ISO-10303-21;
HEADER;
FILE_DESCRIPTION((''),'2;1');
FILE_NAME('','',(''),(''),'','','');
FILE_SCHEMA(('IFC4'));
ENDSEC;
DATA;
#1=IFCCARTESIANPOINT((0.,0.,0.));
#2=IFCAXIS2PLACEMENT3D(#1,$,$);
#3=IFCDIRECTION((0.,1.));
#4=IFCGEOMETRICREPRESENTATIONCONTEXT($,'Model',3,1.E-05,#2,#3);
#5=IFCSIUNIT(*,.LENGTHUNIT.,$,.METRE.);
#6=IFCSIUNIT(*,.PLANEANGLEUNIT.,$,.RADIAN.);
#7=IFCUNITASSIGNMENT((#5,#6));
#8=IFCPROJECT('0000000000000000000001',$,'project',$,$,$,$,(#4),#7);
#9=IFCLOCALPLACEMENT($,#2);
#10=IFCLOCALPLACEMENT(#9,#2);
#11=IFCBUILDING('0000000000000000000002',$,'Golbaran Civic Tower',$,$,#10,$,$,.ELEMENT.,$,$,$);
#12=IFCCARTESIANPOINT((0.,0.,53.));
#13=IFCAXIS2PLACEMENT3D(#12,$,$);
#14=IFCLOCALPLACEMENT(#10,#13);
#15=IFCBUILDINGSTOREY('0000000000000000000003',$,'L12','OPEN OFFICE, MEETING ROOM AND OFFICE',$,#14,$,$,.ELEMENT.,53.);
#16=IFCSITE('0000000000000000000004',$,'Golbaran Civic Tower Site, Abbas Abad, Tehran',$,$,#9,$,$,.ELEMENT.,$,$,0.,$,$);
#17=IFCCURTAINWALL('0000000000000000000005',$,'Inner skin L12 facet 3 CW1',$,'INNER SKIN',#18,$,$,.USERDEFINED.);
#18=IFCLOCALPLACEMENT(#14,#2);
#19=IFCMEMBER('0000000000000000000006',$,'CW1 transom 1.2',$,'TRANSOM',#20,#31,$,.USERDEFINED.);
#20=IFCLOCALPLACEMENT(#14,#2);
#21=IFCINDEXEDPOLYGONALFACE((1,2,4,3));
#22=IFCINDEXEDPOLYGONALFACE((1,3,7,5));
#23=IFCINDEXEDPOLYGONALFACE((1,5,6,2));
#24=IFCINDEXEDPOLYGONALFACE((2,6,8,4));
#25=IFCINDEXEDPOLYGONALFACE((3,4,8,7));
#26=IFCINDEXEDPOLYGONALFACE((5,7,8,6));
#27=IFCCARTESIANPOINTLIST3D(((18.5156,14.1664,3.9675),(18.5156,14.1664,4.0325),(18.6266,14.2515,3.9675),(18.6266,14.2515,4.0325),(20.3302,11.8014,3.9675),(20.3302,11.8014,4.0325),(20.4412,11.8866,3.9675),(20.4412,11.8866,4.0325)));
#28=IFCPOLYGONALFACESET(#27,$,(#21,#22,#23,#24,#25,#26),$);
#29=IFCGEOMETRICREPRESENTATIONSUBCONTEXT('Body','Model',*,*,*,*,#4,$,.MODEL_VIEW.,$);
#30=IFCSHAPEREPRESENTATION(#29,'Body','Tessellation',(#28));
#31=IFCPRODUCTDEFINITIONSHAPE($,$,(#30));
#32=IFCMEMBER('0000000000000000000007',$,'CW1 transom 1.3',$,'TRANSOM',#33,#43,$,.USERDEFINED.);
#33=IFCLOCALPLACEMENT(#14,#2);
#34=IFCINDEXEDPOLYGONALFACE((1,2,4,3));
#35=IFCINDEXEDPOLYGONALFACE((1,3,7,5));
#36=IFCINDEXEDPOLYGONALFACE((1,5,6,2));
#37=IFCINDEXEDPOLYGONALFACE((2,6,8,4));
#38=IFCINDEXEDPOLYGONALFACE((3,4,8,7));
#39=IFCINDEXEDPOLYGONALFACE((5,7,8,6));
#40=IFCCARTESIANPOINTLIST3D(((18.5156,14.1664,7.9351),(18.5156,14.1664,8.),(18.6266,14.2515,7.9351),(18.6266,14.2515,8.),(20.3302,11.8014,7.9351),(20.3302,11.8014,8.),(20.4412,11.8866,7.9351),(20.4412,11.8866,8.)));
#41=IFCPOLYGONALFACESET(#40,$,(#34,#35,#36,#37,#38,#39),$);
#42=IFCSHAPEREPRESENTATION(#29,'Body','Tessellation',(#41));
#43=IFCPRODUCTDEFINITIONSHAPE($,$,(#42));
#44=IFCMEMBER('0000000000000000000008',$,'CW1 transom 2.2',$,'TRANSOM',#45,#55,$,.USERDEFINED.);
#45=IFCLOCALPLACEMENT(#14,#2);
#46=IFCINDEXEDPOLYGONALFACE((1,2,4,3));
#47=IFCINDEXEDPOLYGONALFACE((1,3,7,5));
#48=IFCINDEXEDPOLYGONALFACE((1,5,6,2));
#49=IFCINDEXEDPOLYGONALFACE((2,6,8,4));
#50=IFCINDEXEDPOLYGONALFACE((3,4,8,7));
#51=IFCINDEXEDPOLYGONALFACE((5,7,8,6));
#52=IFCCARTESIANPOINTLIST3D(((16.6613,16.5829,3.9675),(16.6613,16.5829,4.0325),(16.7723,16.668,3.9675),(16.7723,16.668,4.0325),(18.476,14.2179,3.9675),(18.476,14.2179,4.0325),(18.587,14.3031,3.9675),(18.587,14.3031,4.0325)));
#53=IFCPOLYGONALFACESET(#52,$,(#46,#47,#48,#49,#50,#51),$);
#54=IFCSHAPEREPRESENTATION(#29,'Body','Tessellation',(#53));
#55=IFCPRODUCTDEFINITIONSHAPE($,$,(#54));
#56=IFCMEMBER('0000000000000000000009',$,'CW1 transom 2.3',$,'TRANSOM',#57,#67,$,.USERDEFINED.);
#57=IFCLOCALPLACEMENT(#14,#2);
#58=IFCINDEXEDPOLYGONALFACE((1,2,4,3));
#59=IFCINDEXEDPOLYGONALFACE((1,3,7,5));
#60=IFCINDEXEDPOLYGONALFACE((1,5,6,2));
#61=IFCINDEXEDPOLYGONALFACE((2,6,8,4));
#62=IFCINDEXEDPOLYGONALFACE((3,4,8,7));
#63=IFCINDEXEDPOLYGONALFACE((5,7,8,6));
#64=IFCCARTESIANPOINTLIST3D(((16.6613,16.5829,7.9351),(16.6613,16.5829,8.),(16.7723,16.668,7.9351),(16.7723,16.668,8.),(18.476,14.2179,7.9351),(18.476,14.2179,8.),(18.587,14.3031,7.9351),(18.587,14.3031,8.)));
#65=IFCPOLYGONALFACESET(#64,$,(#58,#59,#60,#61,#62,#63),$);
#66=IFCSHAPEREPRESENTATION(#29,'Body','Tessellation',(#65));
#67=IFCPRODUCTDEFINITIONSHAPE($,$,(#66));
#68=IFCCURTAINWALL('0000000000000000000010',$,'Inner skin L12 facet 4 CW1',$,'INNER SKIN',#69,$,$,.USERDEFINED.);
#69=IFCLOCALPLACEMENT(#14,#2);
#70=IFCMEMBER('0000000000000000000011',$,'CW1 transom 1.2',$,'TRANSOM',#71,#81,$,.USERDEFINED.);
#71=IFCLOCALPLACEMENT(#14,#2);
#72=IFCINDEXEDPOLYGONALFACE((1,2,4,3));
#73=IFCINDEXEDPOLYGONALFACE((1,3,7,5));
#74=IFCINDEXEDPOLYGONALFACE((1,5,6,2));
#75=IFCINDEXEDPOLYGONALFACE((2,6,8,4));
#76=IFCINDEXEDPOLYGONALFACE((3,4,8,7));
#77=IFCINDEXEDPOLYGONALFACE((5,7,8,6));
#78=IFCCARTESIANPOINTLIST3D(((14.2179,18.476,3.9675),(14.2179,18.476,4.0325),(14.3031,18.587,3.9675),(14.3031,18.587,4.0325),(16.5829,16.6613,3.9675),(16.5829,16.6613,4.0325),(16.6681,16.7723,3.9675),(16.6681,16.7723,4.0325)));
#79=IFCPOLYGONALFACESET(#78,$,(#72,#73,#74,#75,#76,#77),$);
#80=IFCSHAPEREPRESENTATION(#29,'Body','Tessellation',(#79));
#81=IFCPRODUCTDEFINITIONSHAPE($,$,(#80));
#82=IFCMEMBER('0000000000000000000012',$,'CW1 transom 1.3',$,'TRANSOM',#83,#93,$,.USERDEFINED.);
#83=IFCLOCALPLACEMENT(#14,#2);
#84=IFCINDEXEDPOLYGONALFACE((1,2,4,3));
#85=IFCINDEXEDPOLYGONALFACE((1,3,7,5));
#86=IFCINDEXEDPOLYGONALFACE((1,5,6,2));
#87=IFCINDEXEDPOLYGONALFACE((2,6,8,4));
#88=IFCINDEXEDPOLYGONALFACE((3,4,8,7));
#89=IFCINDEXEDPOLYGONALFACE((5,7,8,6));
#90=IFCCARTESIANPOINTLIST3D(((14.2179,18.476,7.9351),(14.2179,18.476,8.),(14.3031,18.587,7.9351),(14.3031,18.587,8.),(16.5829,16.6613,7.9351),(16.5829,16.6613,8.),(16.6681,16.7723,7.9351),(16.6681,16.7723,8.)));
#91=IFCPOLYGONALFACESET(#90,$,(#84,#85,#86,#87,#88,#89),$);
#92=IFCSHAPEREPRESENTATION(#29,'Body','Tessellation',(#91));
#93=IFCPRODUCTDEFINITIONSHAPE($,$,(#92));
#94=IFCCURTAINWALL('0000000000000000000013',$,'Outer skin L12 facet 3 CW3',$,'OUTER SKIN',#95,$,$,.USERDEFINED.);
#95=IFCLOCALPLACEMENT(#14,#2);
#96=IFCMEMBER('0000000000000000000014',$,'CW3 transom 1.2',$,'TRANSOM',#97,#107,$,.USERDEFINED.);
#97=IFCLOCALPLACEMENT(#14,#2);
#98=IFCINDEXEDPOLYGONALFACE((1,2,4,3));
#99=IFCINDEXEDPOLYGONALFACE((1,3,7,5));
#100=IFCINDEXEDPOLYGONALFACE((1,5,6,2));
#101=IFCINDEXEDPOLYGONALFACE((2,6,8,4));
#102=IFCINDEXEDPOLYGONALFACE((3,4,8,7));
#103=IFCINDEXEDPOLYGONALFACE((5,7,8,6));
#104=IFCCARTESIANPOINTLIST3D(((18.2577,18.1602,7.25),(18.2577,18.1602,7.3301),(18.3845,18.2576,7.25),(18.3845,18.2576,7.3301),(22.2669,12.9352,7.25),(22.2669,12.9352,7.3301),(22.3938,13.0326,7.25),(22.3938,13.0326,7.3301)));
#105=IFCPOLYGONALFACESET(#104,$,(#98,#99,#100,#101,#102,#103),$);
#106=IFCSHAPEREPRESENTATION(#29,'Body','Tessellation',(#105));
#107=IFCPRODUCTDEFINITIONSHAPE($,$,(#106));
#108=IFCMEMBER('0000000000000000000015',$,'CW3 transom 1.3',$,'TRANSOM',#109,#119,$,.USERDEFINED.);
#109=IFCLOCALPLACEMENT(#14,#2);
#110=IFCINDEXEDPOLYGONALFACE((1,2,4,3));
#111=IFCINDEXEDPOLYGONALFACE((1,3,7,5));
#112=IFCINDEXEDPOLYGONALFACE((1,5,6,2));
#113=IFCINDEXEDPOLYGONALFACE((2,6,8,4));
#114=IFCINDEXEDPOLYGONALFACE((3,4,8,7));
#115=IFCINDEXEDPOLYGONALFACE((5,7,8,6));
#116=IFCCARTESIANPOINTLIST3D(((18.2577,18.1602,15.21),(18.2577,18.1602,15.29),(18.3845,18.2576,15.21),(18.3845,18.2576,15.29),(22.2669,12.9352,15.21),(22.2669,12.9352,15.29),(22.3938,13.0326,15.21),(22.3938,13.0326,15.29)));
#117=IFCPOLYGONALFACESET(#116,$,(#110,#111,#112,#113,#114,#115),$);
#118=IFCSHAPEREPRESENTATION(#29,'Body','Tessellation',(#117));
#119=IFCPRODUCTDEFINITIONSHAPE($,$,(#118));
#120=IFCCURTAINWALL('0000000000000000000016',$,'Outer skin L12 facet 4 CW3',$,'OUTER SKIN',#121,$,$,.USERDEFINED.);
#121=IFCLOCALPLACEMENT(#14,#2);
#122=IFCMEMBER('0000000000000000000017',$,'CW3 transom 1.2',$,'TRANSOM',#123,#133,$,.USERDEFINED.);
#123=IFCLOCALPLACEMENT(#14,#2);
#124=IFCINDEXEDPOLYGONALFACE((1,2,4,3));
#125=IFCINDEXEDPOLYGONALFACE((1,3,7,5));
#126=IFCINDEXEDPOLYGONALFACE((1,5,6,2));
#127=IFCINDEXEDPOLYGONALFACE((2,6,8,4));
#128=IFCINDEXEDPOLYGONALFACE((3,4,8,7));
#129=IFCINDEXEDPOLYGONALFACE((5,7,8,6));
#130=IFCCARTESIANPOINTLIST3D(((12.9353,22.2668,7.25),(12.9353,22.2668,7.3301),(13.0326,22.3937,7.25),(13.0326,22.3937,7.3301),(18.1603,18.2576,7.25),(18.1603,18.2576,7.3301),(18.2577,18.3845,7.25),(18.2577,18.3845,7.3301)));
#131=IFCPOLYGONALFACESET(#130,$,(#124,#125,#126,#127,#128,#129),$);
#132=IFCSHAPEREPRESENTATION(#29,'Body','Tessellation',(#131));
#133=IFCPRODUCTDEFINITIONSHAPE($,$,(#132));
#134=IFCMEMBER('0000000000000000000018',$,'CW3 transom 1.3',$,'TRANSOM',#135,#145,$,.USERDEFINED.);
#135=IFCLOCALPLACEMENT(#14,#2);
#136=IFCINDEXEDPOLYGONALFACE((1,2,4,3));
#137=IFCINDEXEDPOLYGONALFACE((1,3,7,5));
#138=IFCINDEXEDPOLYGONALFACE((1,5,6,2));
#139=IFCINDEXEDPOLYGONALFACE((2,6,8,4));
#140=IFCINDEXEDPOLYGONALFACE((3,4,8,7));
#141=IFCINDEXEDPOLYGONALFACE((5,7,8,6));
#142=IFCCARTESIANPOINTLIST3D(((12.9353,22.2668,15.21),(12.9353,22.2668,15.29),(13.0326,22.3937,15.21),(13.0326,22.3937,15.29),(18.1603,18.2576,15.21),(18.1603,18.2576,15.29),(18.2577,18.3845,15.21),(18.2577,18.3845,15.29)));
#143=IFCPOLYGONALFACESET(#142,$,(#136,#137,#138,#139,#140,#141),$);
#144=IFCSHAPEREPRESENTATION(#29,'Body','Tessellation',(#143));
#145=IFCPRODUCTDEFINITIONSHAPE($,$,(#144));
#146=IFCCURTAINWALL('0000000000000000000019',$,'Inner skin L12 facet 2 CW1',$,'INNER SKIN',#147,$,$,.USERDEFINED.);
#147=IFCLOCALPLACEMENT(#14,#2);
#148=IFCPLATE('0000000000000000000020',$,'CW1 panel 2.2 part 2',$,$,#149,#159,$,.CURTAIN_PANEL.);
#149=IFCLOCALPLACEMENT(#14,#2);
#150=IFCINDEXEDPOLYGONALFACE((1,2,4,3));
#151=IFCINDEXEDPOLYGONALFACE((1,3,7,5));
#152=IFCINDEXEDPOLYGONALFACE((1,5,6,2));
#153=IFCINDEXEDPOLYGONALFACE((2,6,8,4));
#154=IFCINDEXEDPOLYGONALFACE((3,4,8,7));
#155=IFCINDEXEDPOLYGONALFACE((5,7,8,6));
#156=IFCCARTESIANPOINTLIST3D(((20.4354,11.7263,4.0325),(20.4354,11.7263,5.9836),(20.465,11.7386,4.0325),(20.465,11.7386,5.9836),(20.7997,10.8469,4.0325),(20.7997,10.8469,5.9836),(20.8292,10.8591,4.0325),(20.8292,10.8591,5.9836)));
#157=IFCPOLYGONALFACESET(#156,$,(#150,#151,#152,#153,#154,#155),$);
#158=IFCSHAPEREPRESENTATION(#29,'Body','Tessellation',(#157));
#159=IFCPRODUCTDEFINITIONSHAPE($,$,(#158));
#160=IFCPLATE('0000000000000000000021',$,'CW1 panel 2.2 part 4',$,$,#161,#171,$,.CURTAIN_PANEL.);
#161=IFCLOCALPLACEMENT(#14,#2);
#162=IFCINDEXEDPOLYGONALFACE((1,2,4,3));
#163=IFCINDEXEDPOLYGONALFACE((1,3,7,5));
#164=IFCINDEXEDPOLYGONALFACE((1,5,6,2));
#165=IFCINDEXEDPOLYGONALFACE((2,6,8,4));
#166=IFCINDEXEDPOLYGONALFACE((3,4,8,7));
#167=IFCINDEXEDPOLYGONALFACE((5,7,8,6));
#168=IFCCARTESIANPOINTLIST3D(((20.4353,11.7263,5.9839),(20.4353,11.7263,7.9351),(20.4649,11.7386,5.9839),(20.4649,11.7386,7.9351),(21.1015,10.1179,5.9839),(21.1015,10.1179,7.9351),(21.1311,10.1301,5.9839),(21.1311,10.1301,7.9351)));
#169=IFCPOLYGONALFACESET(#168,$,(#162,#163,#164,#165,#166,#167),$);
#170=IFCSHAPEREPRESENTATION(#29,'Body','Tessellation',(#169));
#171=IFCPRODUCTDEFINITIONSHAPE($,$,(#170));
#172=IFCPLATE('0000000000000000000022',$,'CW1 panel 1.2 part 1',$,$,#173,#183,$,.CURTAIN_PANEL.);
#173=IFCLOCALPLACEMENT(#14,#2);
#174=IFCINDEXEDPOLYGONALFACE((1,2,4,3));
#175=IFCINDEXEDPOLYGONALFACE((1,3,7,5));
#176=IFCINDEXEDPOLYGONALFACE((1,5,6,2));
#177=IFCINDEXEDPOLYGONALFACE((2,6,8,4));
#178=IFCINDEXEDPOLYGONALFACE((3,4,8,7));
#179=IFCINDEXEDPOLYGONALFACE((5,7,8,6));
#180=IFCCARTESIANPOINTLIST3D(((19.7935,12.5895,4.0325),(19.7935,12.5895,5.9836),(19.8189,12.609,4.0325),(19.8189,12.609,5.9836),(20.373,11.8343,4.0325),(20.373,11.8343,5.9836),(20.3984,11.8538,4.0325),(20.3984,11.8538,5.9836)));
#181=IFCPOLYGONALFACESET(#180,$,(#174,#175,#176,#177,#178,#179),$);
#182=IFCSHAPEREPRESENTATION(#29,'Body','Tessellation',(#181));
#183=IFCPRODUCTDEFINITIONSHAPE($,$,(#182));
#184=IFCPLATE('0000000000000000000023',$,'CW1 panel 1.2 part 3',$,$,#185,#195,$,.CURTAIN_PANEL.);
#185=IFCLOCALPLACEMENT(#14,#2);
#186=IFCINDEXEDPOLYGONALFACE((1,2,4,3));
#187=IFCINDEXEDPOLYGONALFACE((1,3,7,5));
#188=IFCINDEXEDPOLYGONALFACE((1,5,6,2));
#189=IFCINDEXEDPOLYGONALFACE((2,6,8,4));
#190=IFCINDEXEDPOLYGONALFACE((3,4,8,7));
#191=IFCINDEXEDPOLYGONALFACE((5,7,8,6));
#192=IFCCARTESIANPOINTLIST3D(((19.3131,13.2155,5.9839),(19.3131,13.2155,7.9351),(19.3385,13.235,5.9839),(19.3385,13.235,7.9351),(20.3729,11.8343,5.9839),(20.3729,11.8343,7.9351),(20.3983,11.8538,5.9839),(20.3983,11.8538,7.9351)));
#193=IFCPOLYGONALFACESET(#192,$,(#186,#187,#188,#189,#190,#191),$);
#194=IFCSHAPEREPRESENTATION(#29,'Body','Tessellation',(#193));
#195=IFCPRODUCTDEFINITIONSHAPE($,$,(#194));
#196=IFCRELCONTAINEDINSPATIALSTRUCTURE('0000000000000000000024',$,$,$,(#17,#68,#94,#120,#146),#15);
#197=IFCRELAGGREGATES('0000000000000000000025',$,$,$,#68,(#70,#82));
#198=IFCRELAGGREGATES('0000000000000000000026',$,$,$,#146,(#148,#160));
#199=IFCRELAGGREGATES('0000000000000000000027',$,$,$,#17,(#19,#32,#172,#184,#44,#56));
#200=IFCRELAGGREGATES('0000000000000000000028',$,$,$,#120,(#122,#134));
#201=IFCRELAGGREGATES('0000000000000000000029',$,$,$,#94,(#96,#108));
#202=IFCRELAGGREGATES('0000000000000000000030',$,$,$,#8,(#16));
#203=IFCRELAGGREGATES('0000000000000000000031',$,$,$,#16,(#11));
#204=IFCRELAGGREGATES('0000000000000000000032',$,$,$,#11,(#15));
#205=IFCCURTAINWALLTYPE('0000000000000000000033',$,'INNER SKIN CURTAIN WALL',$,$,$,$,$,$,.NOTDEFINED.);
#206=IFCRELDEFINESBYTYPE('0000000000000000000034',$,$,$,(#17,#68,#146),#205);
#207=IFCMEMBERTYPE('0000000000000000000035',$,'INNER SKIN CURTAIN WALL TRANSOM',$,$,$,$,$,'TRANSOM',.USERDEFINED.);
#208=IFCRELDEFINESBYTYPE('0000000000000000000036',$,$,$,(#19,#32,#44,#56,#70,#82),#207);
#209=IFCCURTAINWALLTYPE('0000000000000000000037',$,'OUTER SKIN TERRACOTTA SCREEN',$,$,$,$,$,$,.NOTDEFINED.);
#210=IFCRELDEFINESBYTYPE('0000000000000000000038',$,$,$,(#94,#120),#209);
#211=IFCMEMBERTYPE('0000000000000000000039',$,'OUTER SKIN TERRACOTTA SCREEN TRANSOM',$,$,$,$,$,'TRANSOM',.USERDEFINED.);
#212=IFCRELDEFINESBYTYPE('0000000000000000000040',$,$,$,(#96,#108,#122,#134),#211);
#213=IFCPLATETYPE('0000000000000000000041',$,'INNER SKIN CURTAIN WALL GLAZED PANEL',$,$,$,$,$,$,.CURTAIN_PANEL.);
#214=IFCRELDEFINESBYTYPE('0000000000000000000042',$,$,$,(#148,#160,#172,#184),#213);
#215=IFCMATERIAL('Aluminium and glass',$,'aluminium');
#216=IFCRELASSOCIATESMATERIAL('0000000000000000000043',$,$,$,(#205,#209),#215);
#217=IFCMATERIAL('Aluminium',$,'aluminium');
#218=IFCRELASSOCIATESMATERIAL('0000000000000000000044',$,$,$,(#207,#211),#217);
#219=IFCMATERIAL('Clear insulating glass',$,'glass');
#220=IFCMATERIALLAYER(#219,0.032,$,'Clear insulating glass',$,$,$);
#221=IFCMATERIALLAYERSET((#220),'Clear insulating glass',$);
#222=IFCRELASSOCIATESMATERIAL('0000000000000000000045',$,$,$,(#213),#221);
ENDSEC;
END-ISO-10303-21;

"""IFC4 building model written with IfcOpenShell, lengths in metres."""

from ifc_helpers import new_model, si_unit, direction, frame, origin, origin_2d, place, context, subcontext, project, spatial, rectangle, extrude, material, layer, layer_set, material_profile, profile_set, type_object, element, aggregate, save


model = new_model("IFC4")

# Units and contexts
model_context = context("Model", 3, precision=1e-05, world=origin(), true_north=direction((0.0, 1.0)))
body_context = subcontext(model_context, "Body", "Model", "MODEL_VIEW")
ifc_project = project(units=[si_unit("LENGTHUNIT", "METRE"), si_unit("PLANEANGLEUNIT", "RADIAN")], contexts=[model_context])

# Site, building, storey
site_placement = place(None, origin())
site = spatial("IfcSite", under=ifc_project, at=site_placement, Name="Golbaran Civic Tower Site, Abbas Abad, Tehran", CompositionType="ELEMENT", RefElevation=0.0)
building_placement = place(site_placement, origin())
building = spatial("IfcBuilding", under=site, at=building_placement, Name="Golbaran Civic Tower", CompositionType="ELEMENT")
storey_placement = place(building_placement, frame((0.0, 0.0, 53.0)))
storey = spatial("IfcBuildingStorey", under=building, at=storey_placement, Name="L12", Description="OPEN OFFICE, MEETING ROOM AND OFFICE", CompositionType="ELEMENT", Elevation=53.0)

# Curtain walls, members
ifc_material_1 = material(Name="Aluminium and glass", Category="aluminium")
curtain_wall_type_1 = type_object("IfcCurtainWallType", Name="INNER SKIN CURTAIN WALL", PredefinedType="NOTDEFINED", material=ifc_material_1)
curtain_wall_1_placement = place(storey_placement, origin())
curtain_wall_1 = element("IfcCurtainWall", 1, at=curtain_wall_1_placement, inside=storey, type_object=curtain_wall_type_1, Name="Inner skin L12 facet 3 CW1", ObjectType="INNER SKIN", PredefinedType="USERDEFINED")
ifc_material_2 = material(Name="Aluminium", Category="aluminium")
ifc_material_profile_1 = material_profile(ifc_material_2, rectangle(XDim=0.1399, YDim=0.0649, at=origin_2d()), Name="INNER SKIN CURTAIN WALL TRANSOM")
ifc_profile_set_1 = profile_set([ifc_material_profile_1], Name="Aluminium")
member_type_1 = type_object("IfcMemberType", Name="INNER SKIN CURTAIN WALL TRANSOM", ElementType="TRANSOM", PredefinedType="USERDEFINED", material=ifc_profile_set_1)
member_1_placement = place(storey_placement, frame((20.3857, 11.844, 4.0), z_axis=(-0.608756, 0.793357, 0.0), x_axis=(-0.793357, -0.608756, 0.0)))
member_1 = element("IfcMember", 2, at=member_1_placement, type_object=member_type_1, Name="CW1 transom 1.2", ObjectType="TRANSOM", PredefinedType="USERDEFINED", context=body_context, shape_type="SweptSolid", body=[
    extrude(rectangle(XDim=0.1399, YDim=0.0649, at=origin_2d()), origin(), (0.0, 0.0, 1.0), 2.981),
])
member_2_placement = place(storey_placement, frame((20.3857, 11.844, 7.9675), z_axis=(-0.608756, 0.793357, 0.0), x_axis=(-0.793357, -0.608756, 0.0)))
member_2 = element("IfcMember", 3, at=member_2_placement, type_object=member_type_1, Name="CW1 transom 1.3", ObjectType="TRANSOM", PredefinedType="USERDEFINED", context=body_context, shape_type="SweptSolid", body=[
    extrude(rectangle(XDim=0.1399, YDim=0.0649, at=origin_2d()), origin(), (0.0, 0.0, 1.0), 2.981),
])
member_3_placement = place(storey_placement, frame((18.5315, 14.2605, 4.0), z_axis=(-0.608756, 0.793357, 0.0), x_axis=(-0.793357, -0.608756, 0.0)))
member_3 = element("IfcMember", 4, at=member_3_placement, type_object=member_type_1, Name="CW1 transom 2.2", ObjectType="TRANSOM", PredefinedType="USERDEFINED", context=body_context, shape_type="SweptSolid", body=[
    extrude(rectangle(XDim=0.1399, YDim=0.0649, at=origin_2d()), origin(), (0.0, 0.0, 1.0), 2.981),
])
member_4_placement = place(storey_placement, frame((18.5315, 14.2605, 7.9675), z_axis=(-0.608756, 0.793357, 0.0), x_axis=(-0.793357, -0.608756, 0.0)))
member_4 = element("IfcMember", 5, at=member_4_placement, type_object=member_type_1, Name="CW1 transom 2.3", ObjectType="TRANSOM", PredefinedType="USERDEFINED", context=body_context, shape_type="SweptSolid", body=[
    extrude(rectangle(XDim=0.1399, YDim=0.0649, at=origin_2d()), origin(), (0.0, 0.0, 1.0), 2.981),
])
curtain_wall_2_placement = place(storey_placement, origin())
curtain_wall_2 = element("IfcCurtainWall", 6, at=curtain_wall_2_placement, inside=storey, type_object=curtain_wall_type_1, Name="Inner skin L12 facet 4 CW1", ObjectType="INNER SKIN", PredefinedType="USERDEFINED")
member_5_placement = place(storey_placement, frame((16.6255, 16.7168, 4.0), z_axis=(-0.793357, 0.608756, 0.0), x_axis=(-0.608756, -0.793357, 0.0)))
member_5 = element("IfcMember", 7, at=member_5_placement, type_object=member_type_1, Name="CW1 transom 1.2", ObjectType="TRANSOM", PredefinedType="USERDEFINED", context=body_context, shape_type="SweptSolid", body=[
    extrude(rectangle(XDim=0.1399, YDim=0.0649, at=origin_2d()), origin(), (0.0, 0.0, 1.0), 2.981),
])
member_6_placement = place(storey_placement, frame((16.6255, 16.7168, 7.9675), z_axis=(-0.793357, 0.608756, 0.0), x_axis=(-0.608756, -0.793357, 0.0)))
member_6 = element("IfcMember", 8, at=member_6_placement, type_object=member_type_1, Name="CW1 transom 1.3", ObjectType="TRANSOM", PredefinedType="USERDEFINED", context=body_context, shape_type="SweptSolid", body=[
    extrude(rectangle(XDim=0.1399, YDim=0.0649, at=origin_2d()), origin(), (0.0, 0.0, 1.0), 2.981),
])
curtain_wall_type_2 = type_object("IfcCurtainWallType", Name="OUTER SKIN TERRACOTTA SCREEN", PredefinedType="NOTDEFINED", material=ifc_material_1)
curtain_wall_3_placement = place(storey_placement, origin())
curtain_wall_3 = element("IfcCurtainWall", 9, at=curtain_wall_3_placement, inside=storey, type_object=curtain_wall_type_2, Name="Outer skin L12 facet 3 CW3", ObjectType="OUTER SKIN", PredefinedType="USERDEFINED")
ifc_material_profile_2 = material_profile(ifc_material_2, rectangle(XDim=0.1599, YDim=0.0801, at=origin_2d()), Name="OUTER SKIN TERRACOTTA SCREEN TRANSOM")
ifc_profile_set_2 = profile_set([ifc_material_profile_2], Name="Aluminium")
member_type_2 = type_object("IfcMemberType", Name="OUTER SKIN TERRACOTTA SCREEN TRANSOM", ElementType="TRANSOM", PredefinedType="USERDEFINED", material=ifc_profile_set_2)
member_7_placement = place(storey_placement, frame((22.3303, 12.9839, 7.29), z_axis=(-0.608754, 0.793359, 0.0), x_axis=(-0.793359, -0.608754, 0.0)))
member_7 = element("IfcMember", 10, at=member_7_placement, type_object=member_type_2, Name="CW3 transom 1.2", ObjectType="TRANSOM", PredefinedType="USERDEFINED", context=body_context, shape_type="SweptSolid", body=[
    extrude(rectangle(XDim=0.1599, YDim=0.0801, at=origin_2d()), origin(), (0.0, 0.0, 1.0), 6.5859),
])
member_8_placement = place(storey_placement, frame((22.3303, 12.9839, 15.25), z_axis=(-0.608754, 0.793359, 0.0), x_axis=(-0.793359, -0.608754, 0.0)))
member_8 = element("IfcMember", 11, at=member_8_placement, type_object=member_type_2, Name="CW3 transom 1.3", ObjectType="TRANSOM", PredefinedType="USERDEFINED", context=body_context, shape_type="SweptSolid", body=[
    extrude(rectangle(XDim=0.1599, YDim=0.0801, at=origin_2d()), origin(), (0.0, 0.0, 1.0), 6.5859),
])
curtain_wall_4_placement = place(storey_placement, origin())
curtain_wall_4 = element("IfcCurtainWall", 12, at=curtain_wall_4_placement, inside=storey, type_object=curtain_wall_type_2, Name="Outer skin L12 facet 4 CW3", ObjectType="OUTER SKIN", PredefinedType="USERDEFINED")
member_9_placement = place(storey_placement, frame((18.209, 18.321, 7.29), z_axis=(-0.793359, 0.608754, 0.0), x_axis=(-0.608754, -0.793359, 0.0)))
member_9 = element("IfcMember", 13, at=member_9_placement, type_object=member_type_2, Name="CW3 transom 1.2", ObjectType="TRANSOM", PredefinedType="USERDEFINED", context=body_context, shape_type="SweptSolid", body=[
    extrude(rectangle(XDim=0.1599, YDim=0.0801, at=origin_2d()), origin(), (0.0, 0.0, 1.0), 6.5859),
])
member_10_placement = place(storey_placement, frame((18.209, 18.321, 15.25), z_axis=(-0.793359, 0.608754, 0.0), x_axis=(-0.608754, -0.793359, 0.0)))
member_10 = element("IfcMember", 14, at=member_10_placement, type_object=member_type_2, Name="CW3 transom 1.3", ObjectType="TRANSOM", PredefinedType="USERDEFINED", context=body_context, shape_type="SweptSolid", body=[
    extrude(rectangle(XDim=0.1599, YDim=0.0801, at=origin_2d()), origin(), (0.0, 0.0, 1.0), 6.5859),
])

# Curtain wall, plates
curtain_wall_5_placement = place(storey_placement, origin())
curtain_wall_5 = element("IfcCurtainWall", 15, at=curtain_wall_5_placement, inside=storey, type_object=curtain_wall_type_1, Name="Inner skin L12 facet 2 CW1", ObjectType="INNER SKIN", PredefinedType="USERDEFINED")
ifc_material_3 = material(Name="Clear insulating glass", Category="glass")
ifc_layer_1 = layer(ifc_material_3, 0.032, Name="Clear insulating glass")
ifc_layer_set_1 = layer_set([ifc_layer_1], Name="Clear insulating glass")
plate_type_1 = type_object("IfcPlateType", Name="INNER SKIN CURTAIN WALL GLAZED PANEL", PredefinedType="CURTAIN_PANEL", material=ifc_layer_set_1)
plate_1_placement = place(storey_placement, frame((20.6323, 11.2927, 4.0325), z_axis=(0.0, 0.0, 1.0), x_axis=(-0.382683, 0.92388, 0.0)))
plate_1 = element("IfcPlate", 16, at=plate_1_placement, type_object=plate_type_1, Name="CW1 panel 2.2 part 2", PredefinedType="CURTAIN_PANEL", context=body_context, shape_type="SweptSolid", body=[
    extrude(rectangle(XDim=0.9519, YDim=0.032, at=origin_2d()), origin(), (0.0, 0.0, 1.0), 1.9512),
])
plate_2_placement = place(storey_placement, frame((20.7832, 10.9282, 5.9839), z_axis=(0.0, 0.0, 1.0), x_axis=(-0.382683, 0.92388, 0.0)))
plate_2 = element("IfcPlate", 17, at=plate_2_placement, type_object=plate_type_1, Name="CW1 panel 2.2 part 4", PredefinedType="CURTAIN_PANEL", context=body_context, shape_type="SweptSolid", body=[
    extrude(rectangle(XDim=1.741, YDim=0.032, at=origin_2d()), origin(), (0.0, 0.0, 1.0), 1.9512),
])

# Plates
plate_3_placement = place(storey_placement, frame((20.0959, 12.2217, 4.0325), z_axis=(0.0, 0.0, 1.0), x_axis=(-0.608761, 0.793353, 0.0)))
plate_3 = element("IfcPlate", 18, at=plate_3_placement, type_object=plate_type_1, Name="CW1 panel 1.2 part 1", PredefinedType="CURTAIN_PANEL", context=body_context, shape_type="SweptSolid", body=[
    extrude(rectangle(XDim=0.9519, YDim=0.032, at=origin_2d()), origin(), (0.0, 0.0, 1.0), 1.9512),
])
plate_4_placement = place(storey_placement, frame((19.8557, 12.5347, 5.9839), z_axis=(0.0, 0.0, 1.0), x_axis=(-0.608761, 0.793353, 0.0)))
plate_4 = element("IfcPlate", 19, at=plate_4_placement, type_object=plate_type_1, Name="CW1 panel 1.2 part 3", PredefinedType="CURTAIN_PANEL", context=body_context, shape_type="SweptSolid", body=[
    extrude(rectangle(XDim=1.741, YDim=0.032, at=origin_2d()), origin(), (0.0, 0.0, 1.0), 1.9512),
])
aggregate(curtain_wall_2, [member_5, member_6])
aggregate(curtain_wall_5, [plate_1, plate_2])
aggregate(curtain_wall_1, [member_1, member_2, plate_3, plate_4, member_3, member_4])

aggregate(curtain_wall_4, [member_9, member_10])
aggregate(curtain_wall_3, [member_7, member_8])

save(model, "model.ifc")
